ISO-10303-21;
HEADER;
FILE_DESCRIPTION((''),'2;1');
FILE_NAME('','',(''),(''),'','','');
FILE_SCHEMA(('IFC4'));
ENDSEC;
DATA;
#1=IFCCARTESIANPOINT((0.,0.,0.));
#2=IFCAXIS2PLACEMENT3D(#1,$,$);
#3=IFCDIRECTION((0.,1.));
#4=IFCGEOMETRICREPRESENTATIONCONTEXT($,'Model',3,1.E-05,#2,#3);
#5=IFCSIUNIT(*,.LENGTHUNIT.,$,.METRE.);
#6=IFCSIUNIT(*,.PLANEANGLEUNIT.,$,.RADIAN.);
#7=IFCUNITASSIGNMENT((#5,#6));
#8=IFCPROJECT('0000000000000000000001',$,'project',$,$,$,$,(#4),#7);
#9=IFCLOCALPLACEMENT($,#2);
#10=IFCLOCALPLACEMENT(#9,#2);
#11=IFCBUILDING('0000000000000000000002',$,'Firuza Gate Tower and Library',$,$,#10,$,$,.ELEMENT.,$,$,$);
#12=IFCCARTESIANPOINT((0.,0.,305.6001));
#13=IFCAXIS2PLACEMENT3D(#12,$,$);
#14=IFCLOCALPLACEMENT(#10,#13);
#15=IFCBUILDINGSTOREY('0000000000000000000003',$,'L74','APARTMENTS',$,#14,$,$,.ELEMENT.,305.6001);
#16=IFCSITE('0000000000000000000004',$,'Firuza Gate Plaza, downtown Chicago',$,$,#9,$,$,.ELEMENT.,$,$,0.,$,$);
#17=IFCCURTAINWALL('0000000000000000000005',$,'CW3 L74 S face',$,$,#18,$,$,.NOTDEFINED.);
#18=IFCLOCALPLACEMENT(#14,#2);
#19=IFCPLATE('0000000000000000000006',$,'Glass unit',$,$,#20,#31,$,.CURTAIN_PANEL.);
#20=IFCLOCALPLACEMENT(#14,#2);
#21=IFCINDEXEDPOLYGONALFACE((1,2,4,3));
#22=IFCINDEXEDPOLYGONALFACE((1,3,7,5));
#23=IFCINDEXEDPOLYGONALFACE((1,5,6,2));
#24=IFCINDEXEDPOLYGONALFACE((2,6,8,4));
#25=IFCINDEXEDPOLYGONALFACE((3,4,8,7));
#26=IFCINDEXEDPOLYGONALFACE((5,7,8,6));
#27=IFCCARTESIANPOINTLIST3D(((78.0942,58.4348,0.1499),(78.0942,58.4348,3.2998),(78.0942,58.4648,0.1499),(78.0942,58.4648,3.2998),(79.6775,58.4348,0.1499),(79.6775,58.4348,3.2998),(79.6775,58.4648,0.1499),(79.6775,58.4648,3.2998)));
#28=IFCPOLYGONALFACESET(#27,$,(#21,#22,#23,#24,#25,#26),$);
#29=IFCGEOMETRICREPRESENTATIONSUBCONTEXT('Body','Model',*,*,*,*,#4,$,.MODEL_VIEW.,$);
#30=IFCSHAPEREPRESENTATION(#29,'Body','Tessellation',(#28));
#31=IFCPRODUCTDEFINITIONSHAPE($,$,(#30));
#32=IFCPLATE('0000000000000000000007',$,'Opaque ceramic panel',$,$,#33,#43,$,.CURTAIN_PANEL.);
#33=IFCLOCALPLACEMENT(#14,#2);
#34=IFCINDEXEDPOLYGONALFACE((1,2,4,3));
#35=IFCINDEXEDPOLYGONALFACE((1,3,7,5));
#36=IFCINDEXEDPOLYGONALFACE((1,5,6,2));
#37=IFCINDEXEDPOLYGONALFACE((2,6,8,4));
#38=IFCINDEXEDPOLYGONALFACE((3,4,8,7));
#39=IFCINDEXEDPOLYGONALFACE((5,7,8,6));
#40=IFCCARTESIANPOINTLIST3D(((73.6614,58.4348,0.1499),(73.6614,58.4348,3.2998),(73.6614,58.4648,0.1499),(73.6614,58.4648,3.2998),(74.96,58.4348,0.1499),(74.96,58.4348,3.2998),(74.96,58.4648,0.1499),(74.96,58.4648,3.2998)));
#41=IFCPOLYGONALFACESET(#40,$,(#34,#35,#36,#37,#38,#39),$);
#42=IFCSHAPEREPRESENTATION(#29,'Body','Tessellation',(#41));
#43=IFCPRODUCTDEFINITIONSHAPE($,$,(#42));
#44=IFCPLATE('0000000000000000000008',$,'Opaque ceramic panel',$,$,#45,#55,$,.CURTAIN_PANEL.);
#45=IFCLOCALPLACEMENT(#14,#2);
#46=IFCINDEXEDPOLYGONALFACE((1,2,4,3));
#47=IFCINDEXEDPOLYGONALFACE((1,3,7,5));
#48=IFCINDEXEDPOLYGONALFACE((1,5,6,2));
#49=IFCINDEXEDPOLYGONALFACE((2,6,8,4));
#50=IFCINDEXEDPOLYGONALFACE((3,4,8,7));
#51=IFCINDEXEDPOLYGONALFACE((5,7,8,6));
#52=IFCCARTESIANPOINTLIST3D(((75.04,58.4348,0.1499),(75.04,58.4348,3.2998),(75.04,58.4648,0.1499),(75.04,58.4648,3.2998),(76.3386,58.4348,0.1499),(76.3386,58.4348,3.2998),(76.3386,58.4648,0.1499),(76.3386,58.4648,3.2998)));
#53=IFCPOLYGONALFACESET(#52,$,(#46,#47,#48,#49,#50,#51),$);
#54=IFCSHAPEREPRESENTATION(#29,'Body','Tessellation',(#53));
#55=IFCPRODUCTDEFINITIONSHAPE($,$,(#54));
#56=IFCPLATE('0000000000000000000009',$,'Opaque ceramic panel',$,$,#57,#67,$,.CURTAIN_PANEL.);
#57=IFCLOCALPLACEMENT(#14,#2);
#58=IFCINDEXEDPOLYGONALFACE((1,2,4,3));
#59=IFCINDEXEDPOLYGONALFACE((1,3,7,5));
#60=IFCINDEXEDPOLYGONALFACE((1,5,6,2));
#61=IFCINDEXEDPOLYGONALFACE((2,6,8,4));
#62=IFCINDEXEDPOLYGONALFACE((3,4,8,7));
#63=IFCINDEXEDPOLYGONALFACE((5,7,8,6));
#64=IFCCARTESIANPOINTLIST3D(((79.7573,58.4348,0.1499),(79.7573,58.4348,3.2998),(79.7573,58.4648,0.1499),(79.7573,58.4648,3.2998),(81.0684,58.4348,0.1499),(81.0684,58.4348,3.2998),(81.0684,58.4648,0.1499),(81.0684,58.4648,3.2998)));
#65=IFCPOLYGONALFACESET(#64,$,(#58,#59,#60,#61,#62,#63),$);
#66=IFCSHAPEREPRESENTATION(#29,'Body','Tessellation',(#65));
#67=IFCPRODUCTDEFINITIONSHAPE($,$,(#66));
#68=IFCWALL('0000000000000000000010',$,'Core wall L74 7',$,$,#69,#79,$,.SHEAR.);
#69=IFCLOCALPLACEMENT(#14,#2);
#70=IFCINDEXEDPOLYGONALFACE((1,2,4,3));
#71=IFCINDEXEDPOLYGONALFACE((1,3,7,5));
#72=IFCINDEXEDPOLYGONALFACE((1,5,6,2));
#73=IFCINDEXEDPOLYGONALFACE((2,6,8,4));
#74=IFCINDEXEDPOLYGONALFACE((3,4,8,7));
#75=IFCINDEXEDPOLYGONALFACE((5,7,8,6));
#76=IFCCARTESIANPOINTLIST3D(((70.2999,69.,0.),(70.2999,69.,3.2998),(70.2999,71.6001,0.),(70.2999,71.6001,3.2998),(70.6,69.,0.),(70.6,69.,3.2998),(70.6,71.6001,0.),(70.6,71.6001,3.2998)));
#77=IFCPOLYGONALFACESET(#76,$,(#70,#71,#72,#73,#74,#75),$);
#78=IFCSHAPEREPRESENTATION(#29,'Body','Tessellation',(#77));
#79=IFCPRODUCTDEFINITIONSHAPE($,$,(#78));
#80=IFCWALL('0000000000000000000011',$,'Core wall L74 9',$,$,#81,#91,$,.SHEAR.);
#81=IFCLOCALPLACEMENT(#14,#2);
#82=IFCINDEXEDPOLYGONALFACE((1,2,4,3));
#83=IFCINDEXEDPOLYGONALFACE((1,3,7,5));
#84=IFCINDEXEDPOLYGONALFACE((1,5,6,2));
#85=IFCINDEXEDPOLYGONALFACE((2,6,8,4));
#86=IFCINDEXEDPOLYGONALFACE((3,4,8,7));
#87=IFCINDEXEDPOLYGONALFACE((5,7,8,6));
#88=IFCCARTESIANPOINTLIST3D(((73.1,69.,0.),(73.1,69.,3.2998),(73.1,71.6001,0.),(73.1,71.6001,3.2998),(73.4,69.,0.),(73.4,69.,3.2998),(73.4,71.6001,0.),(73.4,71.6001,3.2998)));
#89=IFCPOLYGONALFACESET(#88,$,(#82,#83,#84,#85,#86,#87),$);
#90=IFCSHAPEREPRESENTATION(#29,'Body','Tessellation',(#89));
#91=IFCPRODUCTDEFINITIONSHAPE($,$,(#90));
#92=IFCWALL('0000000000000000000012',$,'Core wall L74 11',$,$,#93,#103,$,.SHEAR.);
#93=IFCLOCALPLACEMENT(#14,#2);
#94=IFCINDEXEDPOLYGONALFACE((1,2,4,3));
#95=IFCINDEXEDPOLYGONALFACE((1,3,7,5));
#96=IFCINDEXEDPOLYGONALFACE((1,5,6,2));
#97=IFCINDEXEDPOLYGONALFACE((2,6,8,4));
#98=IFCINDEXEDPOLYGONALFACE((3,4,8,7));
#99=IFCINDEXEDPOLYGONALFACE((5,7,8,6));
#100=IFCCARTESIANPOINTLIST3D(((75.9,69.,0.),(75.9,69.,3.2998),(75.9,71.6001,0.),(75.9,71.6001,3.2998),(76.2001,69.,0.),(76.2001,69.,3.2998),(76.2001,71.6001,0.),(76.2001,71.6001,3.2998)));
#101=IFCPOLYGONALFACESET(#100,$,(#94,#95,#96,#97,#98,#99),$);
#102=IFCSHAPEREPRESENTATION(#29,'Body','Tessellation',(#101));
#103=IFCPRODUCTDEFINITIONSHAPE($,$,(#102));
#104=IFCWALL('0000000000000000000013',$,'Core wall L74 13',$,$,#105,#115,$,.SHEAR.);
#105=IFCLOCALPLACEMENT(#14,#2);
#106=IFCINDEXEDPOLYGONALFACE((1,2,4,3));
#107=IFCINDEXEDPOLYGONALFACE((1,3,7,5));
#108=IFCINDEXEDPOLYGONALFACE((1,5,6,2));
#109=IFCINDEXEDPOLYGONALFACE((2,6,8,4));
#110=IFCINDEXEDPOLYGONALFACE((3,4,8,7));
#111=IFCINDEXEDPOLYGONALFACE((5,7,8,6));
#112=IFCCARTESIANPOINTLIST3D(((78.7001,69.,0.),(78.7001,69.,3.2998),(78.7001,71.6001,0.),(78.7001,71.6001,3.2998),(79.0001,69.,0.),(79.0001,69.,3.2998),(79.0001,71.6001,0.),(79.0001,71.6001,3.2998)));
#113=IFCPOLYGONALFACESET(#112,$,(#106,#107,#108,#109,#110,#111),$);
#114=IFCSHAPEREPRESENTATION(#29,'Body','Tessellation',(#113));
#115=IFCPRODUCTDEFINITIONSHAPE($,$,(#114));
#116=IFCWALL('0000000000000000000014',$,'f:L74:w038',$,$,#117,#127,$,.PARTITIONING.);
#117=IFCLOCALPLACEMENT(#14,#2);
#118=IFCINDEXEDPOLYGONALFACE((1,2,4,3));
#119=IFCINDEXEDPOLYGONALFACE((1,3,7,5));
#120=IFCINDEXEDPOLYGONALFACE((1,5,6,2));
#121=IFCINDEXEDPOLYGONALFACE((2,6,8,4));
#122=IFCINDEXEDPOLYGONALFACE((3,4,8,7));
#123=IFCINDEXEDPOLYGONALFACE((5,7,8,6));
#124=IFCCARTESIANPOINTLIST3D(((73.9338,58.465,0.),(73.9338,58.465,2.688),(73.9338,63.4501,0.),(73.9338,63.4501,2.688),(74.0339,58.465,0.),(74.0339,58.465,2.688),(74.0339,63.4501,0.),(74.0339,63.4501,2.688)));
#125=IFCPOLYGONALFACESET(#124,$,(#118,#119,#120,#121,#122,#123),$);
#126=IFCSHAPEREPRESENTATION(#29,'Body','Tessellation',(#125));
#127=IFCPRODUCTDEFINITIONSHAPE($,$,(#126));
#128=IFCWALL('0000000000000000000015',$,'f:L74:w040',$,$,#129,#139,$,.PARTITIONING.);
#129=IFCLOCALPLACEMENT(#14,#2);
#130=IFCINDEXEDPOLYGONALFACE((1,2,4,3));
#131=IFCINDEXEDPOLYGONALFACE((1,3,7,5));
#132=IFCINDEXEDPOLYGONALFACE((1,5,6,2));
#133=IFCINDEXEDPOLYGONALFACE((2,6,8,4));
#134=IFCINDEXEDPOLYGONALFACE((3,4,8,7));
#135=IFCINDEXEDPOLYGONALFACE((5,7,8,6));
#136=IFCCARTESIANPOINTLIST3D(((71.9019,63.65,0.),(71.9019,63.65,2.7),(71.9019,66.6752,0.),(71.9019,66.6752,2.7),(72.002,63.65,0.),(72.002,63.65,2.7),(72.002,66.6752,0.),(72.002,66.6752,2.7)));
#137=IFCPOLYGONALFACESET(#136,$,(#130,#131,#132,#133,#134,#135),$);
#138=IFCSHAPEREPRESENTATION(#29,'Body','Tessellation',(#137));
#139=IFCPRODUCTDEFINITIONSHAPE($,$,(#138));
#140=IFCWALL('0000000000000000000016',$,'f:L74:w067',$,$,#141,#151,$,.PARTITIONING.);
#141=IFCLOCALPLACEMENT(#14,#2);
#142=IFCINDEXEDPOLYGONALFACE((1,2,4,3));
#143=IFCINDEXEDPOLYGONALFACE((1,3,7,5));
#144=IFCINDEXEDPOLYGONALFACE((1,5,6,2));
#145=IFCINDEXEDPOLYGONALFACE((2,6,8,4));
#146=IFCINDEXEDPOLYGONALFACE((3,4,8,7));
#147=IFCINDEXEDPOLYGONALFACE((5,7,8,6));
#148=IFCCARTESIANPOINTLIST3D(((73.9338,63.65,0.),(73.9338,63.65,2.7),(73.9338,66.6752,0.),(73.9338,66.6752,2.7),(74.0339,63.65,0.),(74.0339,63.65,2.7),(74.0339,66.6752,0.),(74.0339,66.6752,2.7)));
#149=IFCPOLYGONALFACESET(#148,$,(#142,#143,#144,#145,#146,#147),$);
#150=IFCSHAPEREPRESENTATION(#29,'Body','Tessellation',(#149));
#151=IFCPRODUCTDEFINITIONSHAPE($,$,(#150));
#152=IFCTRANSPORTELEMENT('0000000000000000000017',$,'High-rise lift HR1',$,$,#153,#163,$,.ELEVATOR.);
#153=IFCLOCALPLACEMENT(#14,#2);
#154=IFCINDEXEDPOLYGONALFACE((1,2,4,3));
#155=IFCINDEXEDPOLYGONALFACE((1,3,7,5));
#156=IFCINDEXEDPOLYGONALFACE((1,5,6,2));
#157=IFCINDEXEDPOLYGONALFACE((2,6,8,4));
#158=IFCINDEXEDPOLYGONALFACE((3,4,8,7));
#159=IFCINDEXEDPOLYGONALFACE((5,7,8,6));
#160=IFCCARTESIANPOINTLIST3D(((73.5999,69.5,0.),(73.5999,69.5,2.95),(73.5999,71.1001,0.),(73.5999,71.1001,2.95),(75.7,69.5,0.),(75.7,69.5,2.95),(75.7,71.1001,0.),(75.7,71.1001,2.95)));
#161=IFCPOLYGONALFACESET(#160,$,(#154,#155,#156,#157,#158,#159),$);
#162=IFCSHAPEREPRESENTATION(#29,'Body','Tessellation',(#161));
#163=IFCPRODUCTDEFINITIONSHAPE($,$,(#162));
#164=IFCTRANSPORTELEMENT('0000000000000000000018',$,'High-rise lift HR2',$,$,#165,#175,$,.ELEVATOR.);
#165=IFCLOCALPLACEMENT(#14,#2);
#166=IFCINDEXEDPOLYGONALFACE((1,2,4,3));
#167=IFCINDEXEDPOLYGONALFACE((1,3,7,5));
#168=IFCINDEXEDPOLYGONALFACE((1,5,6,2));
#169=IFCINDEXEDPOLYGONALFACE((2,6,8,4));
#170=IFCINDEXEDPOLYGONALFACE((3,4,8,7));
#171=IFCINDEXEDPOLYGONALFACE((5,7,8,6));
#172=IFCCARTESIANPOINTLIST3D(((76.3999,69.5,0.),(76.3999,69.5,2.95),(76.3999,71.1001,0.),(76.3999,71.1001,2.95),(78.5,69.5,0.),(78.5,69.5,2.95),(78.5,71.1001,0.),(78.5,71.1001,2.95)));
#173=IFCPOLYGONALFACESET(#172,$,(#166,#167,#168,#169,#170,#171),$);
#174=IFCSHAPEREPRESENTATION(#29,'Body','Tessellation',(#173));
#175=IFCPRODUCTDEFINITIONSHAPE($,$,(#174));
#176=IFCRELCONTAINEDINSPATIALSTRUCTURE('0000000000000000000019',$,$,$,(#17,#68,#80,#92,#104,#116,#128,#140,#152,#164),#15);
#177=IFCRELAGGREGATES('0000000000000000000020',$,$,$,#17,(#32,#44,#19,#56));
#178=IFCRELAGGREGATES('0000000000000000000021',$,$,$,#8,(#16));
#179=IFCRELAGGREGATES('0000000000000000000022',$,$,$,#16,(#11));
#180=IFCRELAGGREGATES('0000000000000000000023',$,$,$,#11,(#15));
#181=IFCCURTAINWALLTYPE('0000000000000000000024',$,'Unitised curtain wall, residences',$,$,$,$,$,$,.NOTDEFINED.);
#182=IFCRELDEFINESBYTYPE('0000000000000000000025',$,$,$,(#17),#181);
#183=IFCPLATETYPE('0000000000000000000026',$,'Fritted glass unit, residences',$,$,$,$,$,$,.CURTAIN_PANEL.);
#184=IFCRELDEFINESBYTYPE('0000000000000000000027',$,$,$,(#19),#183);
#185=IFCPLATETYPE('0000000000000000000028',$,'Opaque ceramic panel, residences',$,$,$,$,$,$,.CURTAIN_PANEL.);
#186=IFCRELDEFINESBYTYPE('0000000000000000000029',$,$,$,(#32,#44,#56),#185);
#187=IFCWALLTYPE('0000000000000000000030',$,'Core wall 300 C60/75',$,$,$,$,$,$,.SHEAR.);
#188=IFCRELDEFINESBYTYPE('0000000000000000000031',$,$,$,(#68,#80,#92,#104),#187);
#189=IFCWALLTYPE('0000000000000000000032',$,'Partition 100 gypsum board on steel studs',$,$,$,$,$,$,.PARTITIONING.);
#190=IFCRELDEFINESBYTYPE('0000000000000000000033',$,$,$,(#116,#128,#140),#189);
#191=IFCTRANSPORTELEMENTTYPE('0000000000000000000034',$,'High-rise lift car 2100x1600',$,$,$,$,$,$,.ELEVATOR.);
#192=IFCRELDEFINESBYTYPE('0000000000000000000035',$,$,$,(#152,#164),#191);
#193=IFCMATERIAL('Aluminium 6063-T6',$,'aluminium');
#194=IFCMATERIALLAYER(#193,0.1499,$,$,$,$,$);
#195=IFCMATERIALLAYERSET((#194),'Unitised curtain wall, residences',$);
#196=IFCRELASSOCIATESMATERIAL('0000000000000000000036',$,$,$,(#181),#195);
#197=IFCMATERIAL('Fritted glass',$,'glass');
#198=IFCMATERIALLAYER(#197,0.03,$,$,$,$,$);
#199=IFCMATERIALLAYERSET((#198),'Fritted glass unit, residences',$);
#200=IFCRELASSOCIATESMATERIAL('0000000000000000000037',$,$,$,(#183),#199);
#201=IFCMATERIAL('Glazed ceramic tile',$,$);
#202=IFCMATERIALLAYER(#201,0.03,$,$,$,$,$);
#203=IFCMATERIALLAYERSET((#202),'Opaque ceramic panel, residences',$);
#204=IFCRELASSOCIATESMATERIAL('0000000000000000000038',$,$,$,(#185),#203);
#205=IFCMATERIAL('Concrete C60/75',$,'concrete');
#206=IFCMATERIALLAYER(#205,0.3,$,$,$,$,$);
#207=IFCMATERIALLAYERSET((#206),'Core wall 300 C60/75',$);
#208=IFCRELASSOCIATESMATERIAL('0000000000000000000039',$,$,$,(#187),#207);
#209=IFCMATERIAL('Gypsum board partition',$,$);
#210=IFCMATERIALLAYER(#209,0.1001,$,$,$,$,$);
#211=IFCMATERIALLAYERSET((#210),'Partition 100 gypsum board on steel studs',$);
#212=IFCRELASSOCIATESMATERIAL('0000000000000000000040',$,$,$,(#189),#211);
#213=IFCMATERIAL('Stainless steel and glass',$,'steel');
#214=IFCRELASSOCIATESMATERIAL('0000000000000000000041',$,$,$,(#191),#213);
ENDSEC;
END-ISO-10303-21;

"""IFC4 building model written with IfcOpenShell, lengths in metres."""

from ifc_helpers import new_model, si_unit, direction, frame, frame_2d, origin, origin_2d, place, context, subcontext, project, spatial, polyline, rectangle, outline, extrude, material, layer, layer_set, type_object, element, aggregate, save


model = new_model("IFC4")

# Units and contexts
model_context = context("Model", 3, precision=1e-05, world=origin(), true_north=direction((0.0, 1.0)))
body_context = subcontext(model_context, "Body", "Model", "MODEL_VIEW")
ifc_project = project(units=[si_unit("LENGTHUNIT", "METRE"), si_unit("PLANEANGLEUNIT", "RADIAN")], contexts=[model_context])

# Site, building, storey
site_placement = place(None, origin())
site = spatial("IfcSite", under=ifc_project, at=site_placement, Name="Firuza Gate Plaza, downtown Chicago", CompositionType="ELEMENT", RefElevation=0.0)
building_placement = place(site_placement, origin())
building = spatial("IfcBuilding", under=site, at=building_placement, Name="Firuza Gate Tower and Library", CompositionType="ELEMENT")
storey_placement = place(building_placement, frame((0.0, 0.0, 305.6001)))
storey = spatial("IfcBuildingStorey", under=building, at=storey_placement, Name="L74", Description="APARTMENTS", CompositionType="ELEMENT", Elevation=305.6001)

# Curtain wall
ifc_material_1 = material(Name="Aluminium 6063-T6", Category="aluminium")
ifc_layer_1 = layer(ifc_material_1, 0.1499)
ifc_layer_set_1 = layer_set([ifc_layer_1], Name="Unitised curtain wall, residences")
curtain_wall_type = type_object("IfcCurtainWallType", Name="Unitised curtain wall, residences", PredefinedType="NOTDEFINED", material=ifc_layer_set_1)
curtain_wall_placement = place(storey_placement, origin())
curtain_wall = element("IfcCurtainWall", 1, at=curtain_wall_placement, inside=storey, type_object=curtain_wall_type, Name="CW3 L74 S face", PredefinedType="NOTDEFINED")

# Plates
ifc_material_2 = material(Name="Fritted glass", Category="glass")
ifc_layer_2 = layer(ifc_material_2, 0.03)
ifc_layer_set_2 = layer_set([ifc_layer_2], Name="Fritted glass unit, residences")
plate_type_1 = type_object("IfcPlateType", Name="Fritted glass unit, residences", PredefinedType="CURTAIN_PANEL", material=ifc_layer_set_2)
plate_1_placement = place(storey_placement, frame((78.0942, 58.4348, 0.1499), z_axis=(0.0, -1.0, 0.0), x_axis=(1.0, 0.0, 0.0)))
plate_1 = element("IfcPlate", 2, at=plate_1_placement, type_object=plate_type_1, Name="Glass unit", PredefinedType="CURTAIN_PANEL", context=body_context, shape_type="SweptSolid", body=[
    extrude(outline(polyline([(0.0, 0.0), (1.5833, 0.0), (1.5833, 3.1499), (0.0, 3.1499), (0.0, 0.0)])), origin(), (0.0, 0.0, -1.0), 0.03),
])
ifc_material_3 = material(Name="Glazed ceramic tile")
ifc_layer_3 = layer(ifc_material_3, 0.03)
ifc_layer_set_3 = layer_set([ifc_layer_3], Name="Opaque ceramic panel, residences")
plate_type_2 = type_object("IfcPlateType", Name="Opaque ceramic panel, residences", PredefinedType="CURTAIN_PANEL", material=ifc_layer_set_3)
plate_2_placement = place(storey_placement, frame((73.6614, 58.4348, 0.1499), z_axis=(0.0, -1.0, 0.0), x_axis=(1.0, 0.0, 0.0)))
plate_2 = element("IfcPlate", 3, at=plate_2_placement, type_object=plate_type_2, Name="Opaque ceramic panel", PredefinedType="CURTAIN_PANEL", context=body_context, shape_type="SweptSolid", body=[
    extrude(outline(polyline([(0.0, 0.0), (1.2986, 0.0), (1.2986, 3.1499), (0.0, 3.1499), (0.0, 0.0)])), origin(), (0.0, 0.0, -1.0), 0.03),
])
plate_3_placement = place(storey_placement, frame((75.04, 58.4348, 0.1499), z_axis=(0.0, -1.0, 0.0), x_axis=(1.0, 0.0, 0.0)))
plate_3 = element("IfcPlate", 4, at=plate_3_placement, type_object=plate_type_2, Name="Opaque ceramic panel", PredefinedType="CURTAIN_PANEL", context=body_context, shape_type="SweptSolid", body=[
    extrude(outline(polyline([(0.0, 0.0), (1.2986, 0.0), (1.2986, 3.1499), (0.0, 3.1499), (0.0, 0.0)])), origin(), (0.0, 0.0, -1.0), 0.03),
])
plate_4_placement = place(storey_placement, frame((79.7573, 58.4348, 0.1499), z_axis=(0.0, -1.0, 0.0), x_axis=(1.0, 0.0, 0.0)))
plate_4 = element("IfcPlate", 5, at=plate_4_placement, type_object=plate_type_2, Name="Opaque ceramic panel", PredefinedType="CURTAIN_PANEL", context=body_context, shape_type="SweptSolid", body=[
    extrude(outline(polyline([(0.0, 0.0), (1.311, 0.0), (1.311, 3.1499), (0.0, 3.1499), (0.0, 0.0)])), origin(), (0.0, 0.0, -1.0), 0.03),
])
aggregate(curtain_wall, [plate_2, plate_3, plate_1, plate_4])

# Walls
ifc_material_4 = material(Name="Concrete C60/75", Category="concrete")
ifc_layer_4 = layer(ifc_material_4, 0.3)
ifc_layer_set_4 = layer_set([ifc_layer_4], Name="Core wall 300 C60/75")
wall_type_1 = type_object("IfcWallType", Name="Core wall 300 C60/75", PredefinedType="SHEAR", material=ifc_layer_set_4)
for number, where, z_axis, x_axis, name in (
    (6, (70.45, 69.0, 0.0), (0.0, 0.0, 1.0), (0.0, 1.0, 0.0), "Core wall L74 7"),
    (7, (73.25, 69.0, 0.0), (0.0, 0.0, 1.0), (0.0, 1.0, 0.0), "Core wall L74 9"),
    (8, (76.05, 69.0, 0.0), (0.0, 0.0, 1.0), (0.0, 1.0, 0.0), "Core wall L74 11"),
    (9, (78.8501, 69.0, 0.0), (0.0, 0.0, 1.0), (0.0, 1.0, 0.0), "Core wall L74 13"),
):
    element("IfcWall", number, at=place(storey_placement, frame(where, z_axis=z_axis, x_axis=x_axis)), inside=storey, type_object=wall_type_1, Name=name, PredefinedType="SHEAR", context=body_context, shape_type="SweptSolid", body=[
        extrude(rectangle(XDim=2.6001, YDim=0.3, at=frame_2d((1.3, 0.0))), origin(), (0.0, 0.0, 1.0), 3.2998),
    ])
ifc_material_5 = material(Name="Gypsum board partition")
ifc_layer_5 = layer(ifc_material_5, 0.1001)
ifc_layer_set_5 = layer_set([ifc_layer_5], Name="Partition 100 gypsum board on steel studs")
wall_type_2 = type_object("IfcWallType", Name="Partition 100 gypsum board on steel studs", PredefinedType="PARTITIONING", material=ifc_layer_set_5)
wall_placement = place(storey_placement, frame((73.9839, 58.4648, 0.0), z_axis=(0.0, 0.0, 1.0), x_axis=(0.0, 1.0, 0.0)))
element("IfcWall", 10, at=wall_placement, inside=storey, type_object=wall_type_2, Name="f:L74:w038", PredefinedType="PARTITIONING", context=body_context, shape_type="SweptSolid", body=[
    extrude(rectangle(XDim=4.9851, YDim=0.1001, at=frame_2d((2.4927, 0.0))), origin(), (0.0, 0.0, 1.0), 2.688),
])
for number, where, z_axis, x_axis, name in (
    (11, (71.9519, 63.6499, 0.0), (0.0, 0.0, 1.0), (0.0, 1.0, 0.0), "f:L74:w040"),
    (12, (73.9839, 63.6499, 0.0), (0.0, 0.0, 1.0), (0.0, 1.0, 0.0), "f:L74:w067"),
):
    element("IfcWall", number, at=place(storey_placement, frame(where, z_axis=z_axis, x_axis=x_axis)), inside=storey, type_object=wall_type_2, Name=name, PredefinedType="PARTITIONING", context=body_context, shape_type="SweptSolid", body=[
        extrude(rectangle(XDim=3.0251, YDim=0.1001, at=frame_2d((1.5127, 0.0))), origin(), (0.0, 0.0, 1.0), 2.7),
    ])

# Transport elements
ifc_material_6 = material(Name="Stainless steel and glass", Category="steel")
transport_element_type = type_object("IfcTransportElementType", Name="High-rise lift car 2100x1600", PredefinedType="ELEVATOR", material=ifc_material_6)
for number, where, z_axis, x_axis, name in (
    (13, (74.6499, 70.3, 0.0), (0.0, 0.0, 1.0), (1.0, 0.0, 0.0), "High-rise lift HR1"),
    (14, (77.45, 70.3, 0.0), (0.0, 0.0, 1.0), (1.0, 0.0, 0.0), "High-rise lift HR2"),
):
    element("IfcTransportElement", number, at=place(storey_placement, frame(where, z_axis=z_axis, x_axis=x_axis)), inside=storey, type_object=transport_element_type, Name=name, PredefinedType="ELEVATOR", context=body_context, shape_type="SweptSolid", body=[
        extrude(rectangle(XDim=2.1001, YDim=1.6001, at=origin_2d()), origin(), (0.0, 0.0, 1.0), 2.95),
    ])

save(model, "model.ifc")
